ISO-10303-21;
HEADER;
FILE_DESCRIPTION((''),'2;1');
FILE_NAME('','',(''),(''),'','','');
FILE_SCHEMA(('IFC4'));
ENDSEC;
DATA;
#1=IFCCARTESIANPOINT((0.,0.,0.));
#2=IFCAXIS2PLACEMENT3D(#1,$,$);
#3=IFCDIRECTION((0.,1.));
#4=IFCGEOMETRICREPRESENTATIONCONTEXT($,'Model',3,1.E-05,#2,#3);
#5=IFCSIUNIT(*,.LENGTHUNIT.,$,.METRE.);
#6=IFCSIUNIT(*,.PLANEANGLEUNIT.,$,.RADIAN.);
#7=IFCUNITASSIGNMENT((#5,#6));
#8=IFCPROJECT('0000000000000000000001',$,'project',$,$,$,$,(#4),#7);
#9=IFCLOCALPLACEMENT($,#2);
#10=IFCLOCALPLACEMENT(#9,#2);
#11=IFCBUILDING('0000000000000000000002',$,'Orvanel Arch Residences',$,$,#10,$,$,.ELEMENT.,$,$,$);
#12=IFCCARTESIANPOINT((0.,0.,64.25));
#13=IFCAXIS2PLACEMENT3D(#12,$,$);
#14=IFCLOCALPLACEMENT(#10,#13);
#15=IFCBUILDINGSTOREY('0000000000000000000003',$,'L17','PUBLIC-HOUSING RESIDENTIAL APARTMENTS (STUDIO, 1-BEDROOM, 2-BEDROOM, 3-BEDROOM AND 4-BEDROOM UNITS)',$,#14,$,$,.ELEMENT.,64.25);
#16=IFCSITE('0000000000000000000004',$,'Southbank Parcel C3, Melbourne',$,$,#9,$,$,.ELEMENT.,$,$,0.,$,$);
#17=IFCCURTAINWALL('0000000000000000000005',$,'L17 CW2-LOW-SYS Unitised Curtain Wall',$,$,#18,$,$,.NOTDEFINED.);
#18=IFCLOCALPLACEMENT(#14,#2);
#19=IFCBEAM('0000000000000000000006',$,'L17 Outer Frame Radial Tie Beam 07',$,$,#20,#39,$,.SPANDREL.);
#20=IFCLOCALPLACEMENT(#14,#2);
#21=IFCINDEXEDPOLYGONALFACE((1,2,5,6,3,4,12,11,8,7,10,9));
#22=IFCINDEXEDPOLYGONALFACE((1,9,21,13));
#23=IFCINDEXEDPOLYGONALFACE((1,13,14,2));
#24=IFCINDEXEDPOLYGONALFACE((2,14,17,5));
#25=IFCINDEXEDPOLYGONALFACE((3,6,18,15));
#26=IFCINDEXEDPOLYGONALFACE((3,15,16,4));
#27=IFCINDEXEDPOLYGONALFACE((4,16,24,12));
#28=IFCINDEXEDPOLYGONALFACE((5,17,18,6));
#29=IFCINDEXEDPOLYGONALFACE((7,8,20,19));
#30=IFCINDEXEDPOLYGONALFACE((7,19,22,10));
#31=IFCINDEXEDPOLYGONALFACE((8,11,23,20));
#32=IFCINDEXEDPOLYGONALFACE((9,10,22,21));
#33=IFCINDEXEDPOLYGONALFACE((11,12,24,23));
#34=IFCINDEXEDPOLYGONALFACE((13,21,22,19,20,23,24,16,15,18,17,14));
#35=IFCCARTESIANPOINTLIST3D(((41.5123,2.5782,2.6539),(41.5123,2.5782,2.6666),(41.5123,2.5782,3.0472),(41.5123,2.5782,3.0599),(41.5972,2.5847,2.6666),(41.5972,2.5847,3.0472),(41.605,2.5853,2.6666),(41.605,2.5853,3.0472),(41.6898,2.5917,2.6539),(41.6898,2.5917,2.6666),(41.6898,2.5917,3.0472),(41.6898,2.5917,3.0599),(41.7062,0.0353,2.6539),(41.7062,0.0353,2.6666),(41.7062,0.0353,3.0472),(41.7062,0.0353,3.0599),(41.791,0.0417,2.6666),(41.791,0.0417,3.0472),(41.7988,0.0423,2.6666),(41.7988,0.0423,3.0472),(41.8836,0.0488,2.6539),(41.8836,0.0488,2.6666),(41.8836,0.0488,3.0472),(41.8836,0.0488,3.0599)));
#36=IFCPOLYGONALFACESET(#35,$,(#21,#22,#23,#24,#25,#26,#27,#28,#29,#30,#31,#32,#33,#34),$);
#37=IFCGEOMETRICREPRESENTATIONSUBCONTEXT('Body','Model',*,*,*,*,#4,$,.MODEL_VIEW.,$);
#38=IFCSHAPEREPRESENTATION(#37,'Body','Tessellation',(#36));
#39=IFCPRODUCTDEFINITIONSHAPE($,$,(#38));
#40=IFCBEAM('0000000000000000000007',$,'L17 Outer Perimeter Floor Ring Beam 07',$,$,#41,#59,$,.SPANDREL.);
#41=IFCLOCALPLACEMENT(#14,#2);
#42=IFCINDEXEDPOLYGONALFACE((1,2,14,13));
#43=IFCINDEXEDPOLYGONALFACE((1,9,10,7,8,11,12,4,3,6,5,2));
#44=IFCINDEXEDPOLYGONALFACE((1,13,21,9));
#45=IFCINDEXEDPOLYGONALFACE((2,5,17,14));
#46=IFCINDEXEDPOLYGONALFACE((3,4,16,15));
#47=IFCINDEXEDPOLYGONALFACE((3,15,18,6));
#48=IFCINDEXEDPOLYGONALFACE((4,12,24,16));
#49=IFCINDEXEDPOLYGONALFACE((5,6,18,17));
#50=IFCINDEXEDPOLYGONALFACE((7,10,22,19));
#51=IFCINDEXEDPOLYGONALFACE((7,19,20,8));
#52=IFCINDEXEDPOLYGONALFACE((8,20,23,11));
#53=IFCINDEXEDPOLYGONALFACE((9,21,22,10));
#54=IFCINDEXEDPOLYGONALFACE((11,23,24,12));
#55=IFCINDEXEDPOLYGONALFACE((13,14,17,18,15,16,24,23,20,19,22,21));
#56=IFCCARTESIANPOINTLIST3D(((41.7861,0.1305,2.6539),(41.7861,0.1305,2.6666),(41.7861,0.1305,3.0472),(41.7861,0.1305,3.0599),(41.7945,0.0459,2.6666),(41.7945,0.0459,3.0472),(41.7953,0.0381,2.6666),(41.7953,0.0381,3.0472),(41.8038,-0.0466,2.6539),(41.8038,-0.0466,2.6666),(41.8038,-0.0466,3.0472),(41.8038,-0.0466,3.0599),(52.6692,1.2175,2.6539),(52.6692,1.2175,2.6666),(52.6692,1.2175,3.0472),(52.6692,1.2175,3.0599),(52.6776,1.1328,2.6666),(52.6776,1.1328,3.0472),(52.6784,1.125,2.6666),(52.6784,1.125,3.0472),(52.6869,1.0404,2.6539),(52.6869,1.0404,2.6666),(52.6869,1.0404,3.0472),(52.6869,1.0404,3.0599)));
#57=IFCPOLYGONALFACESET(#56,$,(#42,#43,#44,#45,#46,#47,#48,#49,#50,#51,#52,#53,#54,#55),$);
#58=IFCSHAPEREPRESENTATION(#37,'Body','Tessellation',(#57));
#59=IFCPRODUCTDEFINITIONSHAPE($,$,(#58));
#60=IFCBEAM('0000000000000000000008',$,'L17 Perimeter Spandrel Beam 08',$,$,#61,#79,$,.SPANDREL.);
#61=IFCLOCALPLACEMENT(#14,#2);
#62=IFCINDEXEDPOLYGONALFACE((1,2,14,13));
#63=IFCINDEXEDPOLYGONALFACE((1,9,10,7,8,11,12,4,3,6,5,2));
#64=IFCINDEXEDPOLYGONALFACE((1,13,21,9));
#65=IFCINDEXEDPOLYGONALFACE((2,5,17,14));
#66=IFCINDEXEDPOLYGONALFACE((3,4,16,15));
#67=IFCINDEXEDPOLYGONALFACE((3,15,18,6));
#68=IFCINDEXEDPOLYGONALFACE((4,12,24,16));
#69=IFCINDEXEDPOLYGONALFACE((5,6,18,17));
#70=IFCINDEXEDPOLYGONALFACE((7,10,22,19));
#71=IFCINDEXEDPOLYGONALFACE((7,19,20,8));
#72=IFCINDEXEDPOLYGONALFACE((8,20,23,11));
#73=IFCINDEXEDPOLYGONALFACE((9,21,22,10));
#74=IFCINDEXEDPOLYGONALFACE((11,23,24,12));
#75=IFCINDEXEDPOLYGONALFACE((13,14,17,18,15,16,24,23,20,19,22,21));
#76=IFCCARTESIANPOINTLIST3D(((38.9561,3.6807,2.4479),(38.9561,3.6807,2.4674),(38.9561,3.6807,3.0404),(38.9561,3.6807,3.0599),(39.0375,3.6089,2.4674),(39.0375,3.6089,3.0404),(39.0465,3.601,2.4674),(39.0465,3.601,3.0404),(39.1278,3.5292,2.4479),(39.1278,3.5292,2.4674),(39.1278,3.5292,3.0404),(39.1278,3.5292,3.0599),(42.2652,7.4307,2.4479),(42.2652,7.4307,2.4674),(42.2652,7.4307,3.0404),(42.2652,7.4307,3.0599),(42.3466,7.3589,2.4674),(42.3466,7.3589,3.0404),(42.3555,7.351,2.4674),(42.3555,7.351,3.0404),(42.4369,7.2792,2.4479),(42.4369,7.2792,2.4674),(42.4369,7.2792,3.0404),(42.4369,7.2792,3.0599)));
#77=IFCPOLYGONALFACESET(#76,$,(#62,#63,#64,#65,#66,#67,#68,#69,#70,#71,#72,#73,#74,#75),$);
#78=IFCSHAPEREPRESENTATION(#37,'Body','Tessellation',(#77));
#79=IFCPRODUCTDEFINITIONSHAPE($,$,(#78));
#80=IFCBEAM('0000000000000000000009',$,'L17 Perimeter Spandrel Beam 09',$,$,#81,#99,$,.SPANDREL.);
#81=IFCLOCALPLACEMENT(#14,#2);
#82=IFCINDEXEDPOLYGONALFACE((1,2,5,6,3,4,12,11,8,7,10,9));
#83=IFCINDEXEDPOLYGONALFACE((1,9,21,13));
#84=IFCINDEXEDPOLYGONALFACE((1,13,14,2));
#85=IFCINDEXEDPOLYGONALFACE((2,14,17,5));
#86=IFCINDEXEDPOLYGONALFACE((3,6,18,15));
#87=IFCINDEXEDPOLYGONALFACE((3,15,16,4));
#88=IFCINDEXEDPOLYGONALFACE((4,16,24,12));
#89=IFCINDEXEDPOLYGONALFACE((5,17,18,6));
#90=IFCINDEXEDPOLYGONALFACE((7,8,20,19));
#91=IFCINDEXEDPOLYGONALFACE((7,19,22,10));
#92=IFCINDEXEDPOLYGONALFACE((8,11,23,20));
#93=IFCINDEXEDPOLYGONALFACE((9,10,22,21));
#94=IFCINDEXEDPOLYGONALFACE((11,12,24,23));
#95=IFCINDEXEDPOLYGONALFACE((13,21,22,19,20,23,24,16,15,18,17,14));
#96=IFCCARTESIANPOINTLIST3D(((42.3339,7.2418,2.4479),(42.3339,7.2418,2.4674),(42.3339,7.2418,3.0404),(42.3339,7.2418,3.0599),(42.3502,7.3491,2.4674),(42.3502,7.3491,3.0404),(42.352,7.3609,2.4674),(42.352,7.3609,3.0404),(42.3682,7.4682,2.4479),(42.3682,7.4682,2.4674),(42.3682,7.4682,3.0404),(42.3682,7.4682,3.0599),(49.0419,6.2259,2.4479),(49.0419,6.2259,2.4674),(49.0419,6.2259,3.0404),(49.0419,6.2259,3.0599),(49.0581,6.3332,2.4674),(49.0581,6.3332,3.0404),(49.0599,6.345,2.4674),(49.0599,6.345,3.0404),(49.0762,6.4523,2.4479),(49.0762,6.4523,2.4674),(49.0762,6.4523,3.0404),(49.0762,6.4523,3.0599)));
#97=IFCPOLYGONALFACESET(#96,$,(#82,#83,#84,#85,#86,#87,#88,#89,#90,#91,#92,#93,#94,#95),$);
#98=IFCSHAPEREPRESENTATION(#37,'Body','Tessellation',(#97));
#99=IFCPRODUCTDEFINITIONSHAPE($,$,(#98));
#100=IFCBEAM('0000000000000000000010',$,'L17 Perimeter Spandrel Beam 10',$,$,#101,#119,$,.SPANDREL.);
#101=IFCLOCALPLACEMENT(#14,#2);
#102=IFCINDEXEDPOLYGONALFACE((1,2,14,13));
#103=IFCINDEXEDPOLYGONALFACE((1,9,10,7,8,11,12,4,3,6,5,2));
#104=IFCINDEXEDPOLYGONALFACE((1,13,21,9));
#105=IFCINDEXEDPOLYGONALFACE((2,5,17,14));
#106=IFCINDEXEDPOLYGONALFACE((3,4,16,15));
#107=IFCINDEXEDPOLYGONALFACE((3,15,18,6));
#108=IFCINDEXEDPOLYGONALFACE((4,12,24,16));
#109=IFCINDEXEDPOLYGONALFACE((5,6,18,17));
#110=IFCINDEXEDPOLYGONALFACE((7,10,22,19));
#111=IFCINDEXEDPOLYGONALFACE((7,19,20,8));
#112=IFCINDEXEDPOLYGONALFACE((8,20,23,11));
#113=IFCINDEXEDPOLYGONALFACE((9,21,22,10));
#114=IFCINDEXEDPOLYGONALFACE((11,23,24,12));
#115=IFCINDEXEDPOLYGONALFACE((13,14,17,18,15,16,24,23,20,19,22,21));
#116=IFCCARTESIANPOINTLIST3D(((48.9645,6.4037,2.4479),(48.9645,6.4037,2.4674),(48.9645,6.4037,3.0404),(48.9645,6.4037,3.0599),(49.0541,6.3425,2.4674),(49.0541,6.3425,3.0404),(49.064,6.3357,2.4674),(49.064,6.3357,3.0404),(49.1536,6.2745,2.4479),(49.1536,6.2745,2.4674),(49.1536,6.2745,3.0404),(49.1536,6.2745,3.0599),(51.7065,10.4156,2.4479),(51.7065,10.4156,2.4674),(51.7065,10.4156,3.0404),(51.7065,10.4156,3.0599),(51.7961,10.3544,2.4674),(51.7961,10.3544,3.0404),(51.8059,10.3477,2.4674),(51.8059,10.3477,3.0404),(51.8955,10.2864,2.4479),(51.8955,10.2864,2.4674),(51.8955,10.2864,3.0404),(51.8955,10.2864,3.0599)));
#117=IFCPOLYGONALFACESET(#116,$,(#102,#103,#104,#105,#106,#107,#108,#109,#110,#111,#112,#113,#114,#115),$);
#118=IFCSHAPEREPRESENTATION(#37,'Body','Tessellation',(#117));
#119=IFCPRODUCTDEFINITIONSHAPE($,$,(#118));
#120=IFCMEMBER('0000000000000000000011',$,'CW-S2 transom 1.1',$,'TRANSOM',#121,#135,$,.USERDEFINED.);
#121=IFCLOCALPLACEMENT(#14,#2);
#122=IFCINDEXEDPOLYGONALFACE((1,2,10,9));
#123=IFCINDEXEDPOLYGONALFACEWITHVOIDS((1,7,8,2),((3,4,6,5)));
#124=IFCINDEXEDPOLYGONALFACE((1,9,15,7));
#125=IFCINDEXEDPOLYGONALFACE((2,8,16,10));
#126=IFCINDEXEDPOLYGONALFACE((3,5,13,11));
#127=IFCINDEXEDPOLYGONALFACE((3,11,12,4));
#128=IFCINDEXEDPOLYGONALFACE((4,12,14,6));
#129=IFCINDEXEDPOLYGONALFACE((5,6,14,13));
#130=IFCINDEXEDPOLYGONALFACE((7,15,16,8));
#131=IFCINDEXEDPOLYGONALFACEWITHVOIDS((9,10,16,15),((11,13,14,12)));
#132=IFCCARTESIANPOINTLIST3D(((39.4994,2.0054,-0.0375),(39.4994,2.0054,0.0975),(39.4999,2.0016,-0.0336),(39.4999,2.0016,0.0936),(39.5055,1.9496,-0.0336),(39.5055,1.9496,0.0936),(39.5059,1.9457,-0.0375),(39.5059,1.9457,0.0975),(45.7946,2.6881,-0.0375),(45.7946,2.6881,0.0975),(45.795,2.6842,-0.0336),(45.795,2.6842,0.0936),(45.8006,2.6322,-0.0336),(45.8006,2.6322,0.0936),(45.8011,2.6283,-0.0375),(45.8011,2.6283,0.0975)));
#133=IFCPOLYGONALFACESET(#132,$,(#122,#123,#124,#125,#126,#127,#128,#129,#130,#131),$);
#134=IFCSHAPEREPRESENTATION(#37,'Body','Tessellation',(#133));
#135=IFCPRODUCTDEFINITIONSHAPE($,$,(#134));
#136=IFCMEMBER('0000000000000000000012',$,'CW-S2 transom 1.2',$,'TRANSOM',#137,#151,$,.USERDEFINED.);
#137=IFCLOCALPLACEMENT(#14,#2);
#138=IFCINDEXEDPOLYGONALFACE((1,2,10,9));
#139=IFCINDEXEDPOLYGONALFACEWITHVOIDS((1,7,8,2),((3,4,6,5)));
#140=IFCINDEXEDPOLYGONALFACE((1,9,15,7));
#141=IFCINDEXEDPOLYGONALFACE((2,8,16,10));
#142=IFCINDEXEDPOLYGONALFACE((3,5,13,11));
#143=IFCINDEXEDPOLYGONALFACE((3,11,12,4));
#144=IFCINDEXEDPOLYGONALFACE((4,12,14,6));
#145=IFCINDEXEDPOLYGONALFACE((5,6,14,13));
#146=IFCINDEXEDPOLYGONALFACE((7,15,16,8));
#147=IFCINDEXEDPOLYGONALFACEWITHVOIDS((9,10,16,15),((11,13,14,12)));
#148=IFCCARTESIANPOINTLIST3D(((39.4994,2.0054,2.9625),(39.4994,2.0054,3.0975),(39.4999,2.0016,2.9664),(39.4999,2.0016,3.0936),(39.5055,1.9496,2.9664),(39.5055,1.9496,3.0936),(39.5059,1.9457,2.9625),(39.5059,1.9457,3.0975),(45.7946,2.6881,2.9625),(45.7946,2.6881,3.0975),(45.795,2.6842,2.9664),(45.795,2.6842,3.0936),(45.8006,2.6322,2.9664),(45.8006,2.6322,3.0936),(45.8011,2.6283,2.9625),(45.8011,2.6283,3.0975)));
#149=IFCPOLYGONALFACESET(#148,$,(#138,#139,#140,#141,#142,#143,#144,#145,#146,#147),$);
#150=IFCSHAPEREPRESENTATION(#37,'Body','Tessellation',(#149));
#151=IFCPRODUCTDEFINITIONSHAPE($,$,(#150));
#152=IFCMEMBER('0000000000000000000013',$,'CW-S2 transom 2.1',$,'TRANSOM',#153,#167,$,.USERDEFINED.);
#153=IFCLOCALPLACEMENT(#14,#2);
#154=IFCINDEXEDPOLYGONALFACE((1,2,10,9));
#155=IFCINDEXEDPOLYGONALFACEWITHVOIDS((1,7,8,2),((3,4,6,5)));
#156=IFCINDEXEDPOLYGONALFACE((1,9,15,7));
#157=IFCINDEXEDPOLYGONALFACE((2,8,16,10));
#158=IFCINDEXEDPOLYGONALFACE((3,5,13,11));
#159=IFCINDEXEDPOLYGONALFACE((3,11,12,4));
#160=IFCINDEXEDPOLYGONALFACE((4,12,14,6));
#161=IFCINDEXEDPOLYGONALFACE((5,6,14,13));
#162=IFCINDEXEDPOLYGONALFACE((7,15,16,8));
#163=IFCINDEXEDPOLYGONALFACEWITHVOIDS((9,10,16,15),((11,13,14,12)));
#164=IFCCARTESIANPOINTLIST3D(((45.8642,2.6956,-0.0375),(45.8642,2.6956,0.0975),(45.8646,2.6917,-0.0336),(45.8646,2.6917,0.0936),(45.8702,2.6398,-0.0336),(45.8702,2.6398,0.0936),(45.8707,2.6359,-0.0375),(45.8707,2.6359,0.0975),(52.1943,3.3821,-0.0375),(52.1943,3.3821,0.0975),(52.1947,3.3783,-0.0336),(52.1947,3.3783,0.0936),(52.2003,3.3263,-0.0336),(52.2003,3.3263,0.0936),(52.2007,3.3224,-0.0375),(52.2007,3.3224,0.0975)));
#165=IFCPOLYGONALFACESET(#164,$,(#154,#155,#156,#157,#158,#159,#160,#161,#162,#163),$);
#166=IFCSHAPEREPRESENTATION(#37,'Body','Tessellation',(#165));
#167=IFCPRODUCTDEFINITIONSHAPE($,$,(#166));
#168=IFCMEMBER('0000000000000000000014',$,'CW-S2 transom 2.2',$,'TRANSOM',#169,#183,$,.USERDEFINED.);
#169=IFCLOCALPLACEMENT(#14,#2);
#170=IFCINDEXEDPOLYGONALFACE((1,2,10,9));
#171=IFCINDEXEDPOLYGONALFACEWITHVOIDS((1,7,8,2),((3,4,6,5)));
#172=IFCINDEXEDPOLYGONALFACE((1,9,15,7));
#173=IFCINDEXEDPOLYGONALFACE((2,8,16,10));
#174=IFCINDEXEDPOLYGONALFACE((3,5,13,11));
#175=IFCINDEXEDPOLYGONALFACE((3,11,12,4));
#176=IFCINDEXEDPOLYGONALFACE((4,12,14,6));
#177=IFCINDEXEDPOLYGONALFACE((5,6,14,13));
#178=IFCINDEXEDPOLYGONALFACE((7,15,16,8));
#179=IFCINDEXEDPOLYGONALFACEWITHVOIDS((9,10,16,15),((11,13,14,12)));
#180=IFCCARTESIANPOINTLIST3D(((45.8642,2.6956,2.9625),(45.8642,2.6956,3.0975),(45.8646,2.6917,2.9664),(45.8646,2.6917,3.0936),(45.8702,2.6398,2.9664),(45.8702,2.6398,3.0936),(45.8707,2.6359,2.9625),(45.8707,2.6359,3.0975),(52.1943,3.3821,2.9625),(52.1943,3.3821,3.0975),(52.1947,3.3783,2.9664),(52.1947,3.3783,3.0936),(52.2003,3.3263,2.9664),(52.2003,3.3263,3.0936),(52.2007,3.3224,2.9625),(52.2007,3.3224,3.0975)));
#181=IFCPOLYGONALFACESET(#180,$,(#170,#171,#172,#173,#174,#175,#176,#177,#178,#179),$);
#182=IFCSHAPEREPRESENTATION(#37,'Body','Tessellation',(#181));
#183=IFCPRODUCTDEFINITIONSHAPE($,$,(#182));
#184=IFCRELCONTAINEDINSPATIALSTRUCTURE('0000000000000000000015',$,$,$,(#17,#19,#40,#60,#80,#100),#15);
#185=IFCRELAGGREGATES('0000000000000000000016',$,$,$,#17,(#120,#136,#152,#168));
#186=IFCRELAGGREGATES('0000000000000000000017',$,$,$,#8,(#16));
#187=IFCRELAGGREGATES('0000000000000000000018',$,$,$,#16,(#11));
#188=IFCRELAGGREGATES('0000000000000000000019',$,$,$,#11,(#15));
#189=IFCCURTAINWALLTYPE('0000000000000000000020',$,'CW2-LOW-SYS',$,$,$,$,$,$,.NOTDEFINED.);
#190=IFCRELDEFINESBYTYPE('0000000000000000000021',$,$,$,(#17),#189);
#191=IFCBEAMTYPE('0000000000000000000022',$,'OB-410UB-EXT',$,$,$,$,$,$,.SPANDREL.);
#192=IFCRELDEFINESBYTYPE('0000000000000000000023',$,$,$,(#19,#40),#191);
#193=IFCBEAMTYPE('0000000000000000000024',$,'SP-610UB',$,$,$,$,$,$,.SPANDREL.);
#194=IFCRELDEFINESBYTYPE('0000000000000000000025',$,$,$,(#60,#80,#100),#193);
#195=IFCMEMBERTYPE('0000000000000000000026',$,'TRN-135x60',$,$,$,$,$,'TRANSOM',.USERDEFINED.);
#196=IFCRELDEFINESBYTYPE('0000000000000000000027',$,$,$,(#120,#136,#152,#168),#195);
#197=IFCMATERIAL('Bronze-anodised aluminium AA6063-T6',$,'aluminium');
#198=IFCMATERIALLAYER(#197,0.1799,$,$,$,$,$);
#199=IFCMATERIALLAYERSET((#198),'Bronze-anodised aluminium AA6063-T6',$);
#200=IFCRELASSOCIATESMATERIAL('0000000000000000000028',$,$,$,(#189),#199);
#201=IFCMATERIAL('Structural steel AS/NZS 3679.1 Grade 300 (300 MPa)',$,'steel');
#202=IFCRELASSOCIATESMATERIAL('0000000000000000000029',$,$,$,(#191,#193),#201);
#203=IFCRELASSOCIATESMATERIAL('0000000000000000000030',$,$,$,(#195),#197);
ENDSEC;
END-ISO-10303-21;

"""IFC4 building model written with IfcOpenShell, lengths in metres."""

from ifc_helpers import new_model, si_unit, direction, frame, origin, origin_2d, place, context, subcontext, project, spatial, hollow_rectangle, i_section, extrude, material, layer, layer_set, material_profile, profile_set, type_object, element, aggregate, save


model = new_model("IFC4")

# Units and contexts
model_context = context("Model", 3, precision=1e-05, world=origin(), true_north=direction((0.0, 1.0)))
body_context = subcontext(model_context, "Body", "Model", "MODEL_VIEW")
ifc_project = project(units=[si_unit("LENGTHUNIT", "METRE"), si_unit("PLANEANGLEUNIT", "RADIAN")], contexts=[model_context])

# Site, building, storey
site_placement = place(None, origin())
site = spatial("IfcSite", under=ifc_project, at=site_placement, Name="Southbank Parcel C3, Melbourne", CompositionType="ELEMENT", RefElevation=0.0)
building_placement = place(site_placement, origin())
building = spatial("IfcBuilding", under=site, at=building_placement, Name="Orvanel Arch Residences", CompositionType="ELEMENT")
storey_placement = place(building_placement, frame((0.0, 0.0, 64.25)))
storey = spatial("IfcBuildingStorey", under=building, at=storey_placement, Name="L17", Description="PUBLIC-HOUSING RESIDENTIAL APARTMENTS (STUDIO, 1-BEDROOM, 2-BEDROOM, 3-BEDROOM AND 4-BEDROOM UNITS)", CompositionType="ELEMENT", Elevation=64.25)

# Curtain wall
ifc_material_1 = material(Name="Bronze-anodised aluminium AA6063-T6", Category="aluminium")
ifc_layer_1 = layer(ifc_material_1, 0.1799)
ifc_layer_set_1 = layer_set([ifc_layer_1], Name="Bronze-anodised aluminium AA6063-T6")
curtain_wall_type = type_object("IfcCurtainWallType", Name="CW2-LOW-SYS", PredefinedType="NOTDEFINED", material=ifc_layer_set_1)
curtain_wall_placement = place(storey_placement, origin())
curtain_wall = element("IfcCurtainWall", 1, at=curtain_wall_placement, inside=storey, type_object=curtain_wall_type, Name="L17 CW2-LOW-SYS Unitised Curtain Wall", PredefinedType="NOTDEFINED")

# Beams
ifc_material_2 = material(Name="Structural steel AS/NZS 3679.1 Grade 300 (300 MPa)", Category="steel")
ifc_material_profile_1 = material_profile(ifc_material_2, i_section(OverallWidth=0.178, OverallDepth=0.406, WebThickness=0.0078, FlangeThickness=0.0127, at=origin_2d()), Name="410UB59.7")
ifc_profile_set_1 = profile_set([ifc_material_profile_1], Name="Structural steel AS/NZS 3679.1 Grade 300 (300 MPa)")
beam_type_1 = type_object("IfcBeamType", Name="OB-410UB-EXT", PredefinedType="SPANDREL", material=ifc_profile_set_1)
beam_1_placement = place(storey_placement, frame((41.6011, 2.585, 2.8569), z_axis=(0.076008, -0.997107, 0.0), x_axis=(0.997107, 0.076008, 0.0)))
element("IfcBeam", 2, at=beam_1_placement, inside=storey, type_object=beam_type_1, Name="L17 Outer Frame Radial Tie Beam 07", PredefinedType="SPANDREL", context=body_context, shape_type="SweptSolid", body=[
    extrude(i_section(OverallWidth=0.178, OverallDepth=0.406, WebThickness=0.0078, FlangeThickness=0.0127, at=origin_2d()), origin(), (0.0, 0.0, 1.0), 2.5503),
])
beam_2_placement = place(storey_placement, frame((41.7949, 0.042, 2.8569), z_axis=(0.99505, 0.099378, 0.0), x_axis=(-0.099378, 0.99505, 0.0)))
element("IfcBeam", 3, at=beam_2_placement, inside=storey, type_object=beam_type_1, Name="L17 Outer Perimeter Floor Ring Beam 07", PredefinedType="SPANDREL", context=body_context, shape_type="SweptSolid", body=[
    extrude(i_section(OverallWidth=0.178, OverallDepth=0.406, WebThickness=0.0078, FlangeThickness=0.0127, at=origin_2d()), origin(), (0.0, 0.0, 1.0), 10.9373),
])
ifc_material_profile_2 = material_profile(ifc_material_2, i_section(OverallWidth=0.229, OverallDepth=0.6121, WebThickness=0.012, FlangeThickness=0.0195, at=origin_2d()), Name="610UB125")
ifc_profile_set_2 = profile_set([ifc_material_profile_2], Name="Structural steel AS/NZS 3679.1 Grade 300 (300 MPa)")
beam_type_2 = type_object("IfcBeamType", Name="SP-610UB", PredefinedType="SPANDREL", material=ifc_profile_set_2)
beam_3_placement = place(storey_placement, frame((39.042, 3.605, 2.7539), z_axis=(0.661651, 0.749812, 0.0), x_axis=(-0.749812, 0.661651, 0.0)))
element("IfcBeam", 4, at=beam_3_placement, inside=storey, type_object=beam_type_2, Name="L17 Perimeter Spandrel Beam 08", PredefinedType="SPANDREL", context=body_context, shape_type="SweptSolid", body=[
    extrude(i_section(OverallWidth=0.229, OverallDepth=0.6121, WebThickness=0.012, FlangeThickness=0.0195, at=origin_2d()), origin(), (0.0, 0.0, 1.0), 5.0012),
])
beam_4_placement = place(storey_placement, frame((42.3511, 7.355, 2.7539), z_axis=(0.988726, -0.149734, 0.0), x_axis=(0.149734, 0.988726, 0.0)))
element("IfcBeam", 5, at=beam_4_placement, inside=storey, type_object=beam_type_2, Name="L17 Perimeter Spandrel Beam 09", PredefinedType="SPANDREL", context=body_context, shape_type="SweptSolid", body=[
    extrude(i_section(OverallWidth=0.229, OverallDepth=0.6121, WebThickness=0.012, FlangeThickness=0.0195, at=origin_2d()), origin(), (0.0, 0.0, 1.0), 6.7844),
])
beam_5_placement = place(storey_placement, frame((49.0591, 6.3391, 2.7539), z_axis=(0.564252, 0.825603, 0.0), x_axis=(-0.825603, 0.564252, 0.0)))
element("IfcBeam", 6, at=beam_5_placement, inside=storey, type_object=beam_type_2, Name="L17 Perimeter Spandrel Beam 10", PredefinedType="SPANDREL", context=body_context, shape_type="SweptSolid", body=[
    extrude(i_section(OverallWidth=0.229, OverallDepth=0.6121, WebThickness=0.012, FlangeThickness=0.0195, at=origin_2d()), origin(), (0.0, 0.0, 1.0), 4.8594),
])

# Members
ifc_material_profile_3 = material_profile(ifc_material_1, hollow_rectangle(XDim=0.0601, YDim=0.135, WallThickness=0.0039, at=origin_2d()), Name="ALU135x60x4")
ifc_profile_set_3 = profile_set([ifc_material_profile_3], Name="Bronze-anodised aluminium AA6063-T6")
member_type_1 = type_object("IfcMemberType", Name="TRN-135x60", ElementType="TRANSOM", PredefinedType="USERDEFINED", material=ifc_profile_set_3)
member_1_placement = place(storey_placement, frame((39.5027, 1.9756, 0.03), z_axis=(0.994172, 0.107803, 0.0), x_axis=(-0.107803, 0.994172, 0.0)))
member_1 = element("IfcMember", 7, at=member_1_placement, type_object=member_type_1, Name="CW-S2 transom 1.1", ObjectType="TRANSOM", PredefinedType="USERDEFINED", context=body_context, shape_type="SweptSolid", body=[
    extrude(hollow_rectangle(XDim=0.0601, YDim=0.135, WallThickness=0.0039, at=origin_2d()), origin(), (0.0, 0.0, 1.0), 6.332),
])
member_2_placement = place(storey_placement, frame((39.5027, 1.9756, 3.03), z_axis=(0.994172, 0.107803, 0.0), x_axis=(-0.107803, 0.994172, 0.0)))
member_2 = element("IfcMember", 8, at=member_2_placement, type_object=member_type_1, Name="CW-S2 transom 1.2", ObjectType="TRANSOM", PredefinedType="USERDEFINED", context=body_context, shape_type="SweptSolid", body=[
    extrude(hollow_rectangle(XDim=0.0601, YDim=0.135, WallThickness=0.0039, at=origin_2d()), origin(), (0.0, 0.0, 1.0), 6.332),
])
member_3_placement = place(storey_placement, frame((45.8674, 2.6658, 0.03), z_axis=(0.99417, 0.107822, 0.0), x_axis=(-0.107822, 0.99417, 0.0)))
member_3 = element("IfcMember", 9, at=member_3_placement, type_object=member_type_1, Name="CW-S2 transom 2.1", ObjectType="TRANSOM", PredefinedType="USERDEFINED", context=body_context, shape_type="SweptSolid", body=[
    extrude(hollow_rectangle(XDim=0.0601, YDim=0.135, WallThickness=0.0039, at=origin_2d()), origin(), (0.0, 0.0, 1.0), 6.3672),
])
member_4_placement = place(storey_placement, frame((45.8674, 2.6658, 3.03), z_axis=(0.99417, 0.107822, 0.0), x_axis=(-0.107822, 0.99417, 0.0)))
member_4 = element("IfcMember", 10, at=member_4_placement, type_object=member_type_1, Name="CW-S2 transom 2.2", ObjectType="TRANSOM", PredefinedType="USERDEFINED", context=body_context, shape_type="SweptSolid", body=[
    extrude(hollow_rectangle(XDim=0.0601, YDim=0.135, WallThickness=0.0039, at=origin_2d()), origin(), (0.0, 0.0, 1.0), 6.3672),
])

aggregate(curtain_wall, [member_1, member_2, member_3, member_4])

save(model, "model.ifc")
